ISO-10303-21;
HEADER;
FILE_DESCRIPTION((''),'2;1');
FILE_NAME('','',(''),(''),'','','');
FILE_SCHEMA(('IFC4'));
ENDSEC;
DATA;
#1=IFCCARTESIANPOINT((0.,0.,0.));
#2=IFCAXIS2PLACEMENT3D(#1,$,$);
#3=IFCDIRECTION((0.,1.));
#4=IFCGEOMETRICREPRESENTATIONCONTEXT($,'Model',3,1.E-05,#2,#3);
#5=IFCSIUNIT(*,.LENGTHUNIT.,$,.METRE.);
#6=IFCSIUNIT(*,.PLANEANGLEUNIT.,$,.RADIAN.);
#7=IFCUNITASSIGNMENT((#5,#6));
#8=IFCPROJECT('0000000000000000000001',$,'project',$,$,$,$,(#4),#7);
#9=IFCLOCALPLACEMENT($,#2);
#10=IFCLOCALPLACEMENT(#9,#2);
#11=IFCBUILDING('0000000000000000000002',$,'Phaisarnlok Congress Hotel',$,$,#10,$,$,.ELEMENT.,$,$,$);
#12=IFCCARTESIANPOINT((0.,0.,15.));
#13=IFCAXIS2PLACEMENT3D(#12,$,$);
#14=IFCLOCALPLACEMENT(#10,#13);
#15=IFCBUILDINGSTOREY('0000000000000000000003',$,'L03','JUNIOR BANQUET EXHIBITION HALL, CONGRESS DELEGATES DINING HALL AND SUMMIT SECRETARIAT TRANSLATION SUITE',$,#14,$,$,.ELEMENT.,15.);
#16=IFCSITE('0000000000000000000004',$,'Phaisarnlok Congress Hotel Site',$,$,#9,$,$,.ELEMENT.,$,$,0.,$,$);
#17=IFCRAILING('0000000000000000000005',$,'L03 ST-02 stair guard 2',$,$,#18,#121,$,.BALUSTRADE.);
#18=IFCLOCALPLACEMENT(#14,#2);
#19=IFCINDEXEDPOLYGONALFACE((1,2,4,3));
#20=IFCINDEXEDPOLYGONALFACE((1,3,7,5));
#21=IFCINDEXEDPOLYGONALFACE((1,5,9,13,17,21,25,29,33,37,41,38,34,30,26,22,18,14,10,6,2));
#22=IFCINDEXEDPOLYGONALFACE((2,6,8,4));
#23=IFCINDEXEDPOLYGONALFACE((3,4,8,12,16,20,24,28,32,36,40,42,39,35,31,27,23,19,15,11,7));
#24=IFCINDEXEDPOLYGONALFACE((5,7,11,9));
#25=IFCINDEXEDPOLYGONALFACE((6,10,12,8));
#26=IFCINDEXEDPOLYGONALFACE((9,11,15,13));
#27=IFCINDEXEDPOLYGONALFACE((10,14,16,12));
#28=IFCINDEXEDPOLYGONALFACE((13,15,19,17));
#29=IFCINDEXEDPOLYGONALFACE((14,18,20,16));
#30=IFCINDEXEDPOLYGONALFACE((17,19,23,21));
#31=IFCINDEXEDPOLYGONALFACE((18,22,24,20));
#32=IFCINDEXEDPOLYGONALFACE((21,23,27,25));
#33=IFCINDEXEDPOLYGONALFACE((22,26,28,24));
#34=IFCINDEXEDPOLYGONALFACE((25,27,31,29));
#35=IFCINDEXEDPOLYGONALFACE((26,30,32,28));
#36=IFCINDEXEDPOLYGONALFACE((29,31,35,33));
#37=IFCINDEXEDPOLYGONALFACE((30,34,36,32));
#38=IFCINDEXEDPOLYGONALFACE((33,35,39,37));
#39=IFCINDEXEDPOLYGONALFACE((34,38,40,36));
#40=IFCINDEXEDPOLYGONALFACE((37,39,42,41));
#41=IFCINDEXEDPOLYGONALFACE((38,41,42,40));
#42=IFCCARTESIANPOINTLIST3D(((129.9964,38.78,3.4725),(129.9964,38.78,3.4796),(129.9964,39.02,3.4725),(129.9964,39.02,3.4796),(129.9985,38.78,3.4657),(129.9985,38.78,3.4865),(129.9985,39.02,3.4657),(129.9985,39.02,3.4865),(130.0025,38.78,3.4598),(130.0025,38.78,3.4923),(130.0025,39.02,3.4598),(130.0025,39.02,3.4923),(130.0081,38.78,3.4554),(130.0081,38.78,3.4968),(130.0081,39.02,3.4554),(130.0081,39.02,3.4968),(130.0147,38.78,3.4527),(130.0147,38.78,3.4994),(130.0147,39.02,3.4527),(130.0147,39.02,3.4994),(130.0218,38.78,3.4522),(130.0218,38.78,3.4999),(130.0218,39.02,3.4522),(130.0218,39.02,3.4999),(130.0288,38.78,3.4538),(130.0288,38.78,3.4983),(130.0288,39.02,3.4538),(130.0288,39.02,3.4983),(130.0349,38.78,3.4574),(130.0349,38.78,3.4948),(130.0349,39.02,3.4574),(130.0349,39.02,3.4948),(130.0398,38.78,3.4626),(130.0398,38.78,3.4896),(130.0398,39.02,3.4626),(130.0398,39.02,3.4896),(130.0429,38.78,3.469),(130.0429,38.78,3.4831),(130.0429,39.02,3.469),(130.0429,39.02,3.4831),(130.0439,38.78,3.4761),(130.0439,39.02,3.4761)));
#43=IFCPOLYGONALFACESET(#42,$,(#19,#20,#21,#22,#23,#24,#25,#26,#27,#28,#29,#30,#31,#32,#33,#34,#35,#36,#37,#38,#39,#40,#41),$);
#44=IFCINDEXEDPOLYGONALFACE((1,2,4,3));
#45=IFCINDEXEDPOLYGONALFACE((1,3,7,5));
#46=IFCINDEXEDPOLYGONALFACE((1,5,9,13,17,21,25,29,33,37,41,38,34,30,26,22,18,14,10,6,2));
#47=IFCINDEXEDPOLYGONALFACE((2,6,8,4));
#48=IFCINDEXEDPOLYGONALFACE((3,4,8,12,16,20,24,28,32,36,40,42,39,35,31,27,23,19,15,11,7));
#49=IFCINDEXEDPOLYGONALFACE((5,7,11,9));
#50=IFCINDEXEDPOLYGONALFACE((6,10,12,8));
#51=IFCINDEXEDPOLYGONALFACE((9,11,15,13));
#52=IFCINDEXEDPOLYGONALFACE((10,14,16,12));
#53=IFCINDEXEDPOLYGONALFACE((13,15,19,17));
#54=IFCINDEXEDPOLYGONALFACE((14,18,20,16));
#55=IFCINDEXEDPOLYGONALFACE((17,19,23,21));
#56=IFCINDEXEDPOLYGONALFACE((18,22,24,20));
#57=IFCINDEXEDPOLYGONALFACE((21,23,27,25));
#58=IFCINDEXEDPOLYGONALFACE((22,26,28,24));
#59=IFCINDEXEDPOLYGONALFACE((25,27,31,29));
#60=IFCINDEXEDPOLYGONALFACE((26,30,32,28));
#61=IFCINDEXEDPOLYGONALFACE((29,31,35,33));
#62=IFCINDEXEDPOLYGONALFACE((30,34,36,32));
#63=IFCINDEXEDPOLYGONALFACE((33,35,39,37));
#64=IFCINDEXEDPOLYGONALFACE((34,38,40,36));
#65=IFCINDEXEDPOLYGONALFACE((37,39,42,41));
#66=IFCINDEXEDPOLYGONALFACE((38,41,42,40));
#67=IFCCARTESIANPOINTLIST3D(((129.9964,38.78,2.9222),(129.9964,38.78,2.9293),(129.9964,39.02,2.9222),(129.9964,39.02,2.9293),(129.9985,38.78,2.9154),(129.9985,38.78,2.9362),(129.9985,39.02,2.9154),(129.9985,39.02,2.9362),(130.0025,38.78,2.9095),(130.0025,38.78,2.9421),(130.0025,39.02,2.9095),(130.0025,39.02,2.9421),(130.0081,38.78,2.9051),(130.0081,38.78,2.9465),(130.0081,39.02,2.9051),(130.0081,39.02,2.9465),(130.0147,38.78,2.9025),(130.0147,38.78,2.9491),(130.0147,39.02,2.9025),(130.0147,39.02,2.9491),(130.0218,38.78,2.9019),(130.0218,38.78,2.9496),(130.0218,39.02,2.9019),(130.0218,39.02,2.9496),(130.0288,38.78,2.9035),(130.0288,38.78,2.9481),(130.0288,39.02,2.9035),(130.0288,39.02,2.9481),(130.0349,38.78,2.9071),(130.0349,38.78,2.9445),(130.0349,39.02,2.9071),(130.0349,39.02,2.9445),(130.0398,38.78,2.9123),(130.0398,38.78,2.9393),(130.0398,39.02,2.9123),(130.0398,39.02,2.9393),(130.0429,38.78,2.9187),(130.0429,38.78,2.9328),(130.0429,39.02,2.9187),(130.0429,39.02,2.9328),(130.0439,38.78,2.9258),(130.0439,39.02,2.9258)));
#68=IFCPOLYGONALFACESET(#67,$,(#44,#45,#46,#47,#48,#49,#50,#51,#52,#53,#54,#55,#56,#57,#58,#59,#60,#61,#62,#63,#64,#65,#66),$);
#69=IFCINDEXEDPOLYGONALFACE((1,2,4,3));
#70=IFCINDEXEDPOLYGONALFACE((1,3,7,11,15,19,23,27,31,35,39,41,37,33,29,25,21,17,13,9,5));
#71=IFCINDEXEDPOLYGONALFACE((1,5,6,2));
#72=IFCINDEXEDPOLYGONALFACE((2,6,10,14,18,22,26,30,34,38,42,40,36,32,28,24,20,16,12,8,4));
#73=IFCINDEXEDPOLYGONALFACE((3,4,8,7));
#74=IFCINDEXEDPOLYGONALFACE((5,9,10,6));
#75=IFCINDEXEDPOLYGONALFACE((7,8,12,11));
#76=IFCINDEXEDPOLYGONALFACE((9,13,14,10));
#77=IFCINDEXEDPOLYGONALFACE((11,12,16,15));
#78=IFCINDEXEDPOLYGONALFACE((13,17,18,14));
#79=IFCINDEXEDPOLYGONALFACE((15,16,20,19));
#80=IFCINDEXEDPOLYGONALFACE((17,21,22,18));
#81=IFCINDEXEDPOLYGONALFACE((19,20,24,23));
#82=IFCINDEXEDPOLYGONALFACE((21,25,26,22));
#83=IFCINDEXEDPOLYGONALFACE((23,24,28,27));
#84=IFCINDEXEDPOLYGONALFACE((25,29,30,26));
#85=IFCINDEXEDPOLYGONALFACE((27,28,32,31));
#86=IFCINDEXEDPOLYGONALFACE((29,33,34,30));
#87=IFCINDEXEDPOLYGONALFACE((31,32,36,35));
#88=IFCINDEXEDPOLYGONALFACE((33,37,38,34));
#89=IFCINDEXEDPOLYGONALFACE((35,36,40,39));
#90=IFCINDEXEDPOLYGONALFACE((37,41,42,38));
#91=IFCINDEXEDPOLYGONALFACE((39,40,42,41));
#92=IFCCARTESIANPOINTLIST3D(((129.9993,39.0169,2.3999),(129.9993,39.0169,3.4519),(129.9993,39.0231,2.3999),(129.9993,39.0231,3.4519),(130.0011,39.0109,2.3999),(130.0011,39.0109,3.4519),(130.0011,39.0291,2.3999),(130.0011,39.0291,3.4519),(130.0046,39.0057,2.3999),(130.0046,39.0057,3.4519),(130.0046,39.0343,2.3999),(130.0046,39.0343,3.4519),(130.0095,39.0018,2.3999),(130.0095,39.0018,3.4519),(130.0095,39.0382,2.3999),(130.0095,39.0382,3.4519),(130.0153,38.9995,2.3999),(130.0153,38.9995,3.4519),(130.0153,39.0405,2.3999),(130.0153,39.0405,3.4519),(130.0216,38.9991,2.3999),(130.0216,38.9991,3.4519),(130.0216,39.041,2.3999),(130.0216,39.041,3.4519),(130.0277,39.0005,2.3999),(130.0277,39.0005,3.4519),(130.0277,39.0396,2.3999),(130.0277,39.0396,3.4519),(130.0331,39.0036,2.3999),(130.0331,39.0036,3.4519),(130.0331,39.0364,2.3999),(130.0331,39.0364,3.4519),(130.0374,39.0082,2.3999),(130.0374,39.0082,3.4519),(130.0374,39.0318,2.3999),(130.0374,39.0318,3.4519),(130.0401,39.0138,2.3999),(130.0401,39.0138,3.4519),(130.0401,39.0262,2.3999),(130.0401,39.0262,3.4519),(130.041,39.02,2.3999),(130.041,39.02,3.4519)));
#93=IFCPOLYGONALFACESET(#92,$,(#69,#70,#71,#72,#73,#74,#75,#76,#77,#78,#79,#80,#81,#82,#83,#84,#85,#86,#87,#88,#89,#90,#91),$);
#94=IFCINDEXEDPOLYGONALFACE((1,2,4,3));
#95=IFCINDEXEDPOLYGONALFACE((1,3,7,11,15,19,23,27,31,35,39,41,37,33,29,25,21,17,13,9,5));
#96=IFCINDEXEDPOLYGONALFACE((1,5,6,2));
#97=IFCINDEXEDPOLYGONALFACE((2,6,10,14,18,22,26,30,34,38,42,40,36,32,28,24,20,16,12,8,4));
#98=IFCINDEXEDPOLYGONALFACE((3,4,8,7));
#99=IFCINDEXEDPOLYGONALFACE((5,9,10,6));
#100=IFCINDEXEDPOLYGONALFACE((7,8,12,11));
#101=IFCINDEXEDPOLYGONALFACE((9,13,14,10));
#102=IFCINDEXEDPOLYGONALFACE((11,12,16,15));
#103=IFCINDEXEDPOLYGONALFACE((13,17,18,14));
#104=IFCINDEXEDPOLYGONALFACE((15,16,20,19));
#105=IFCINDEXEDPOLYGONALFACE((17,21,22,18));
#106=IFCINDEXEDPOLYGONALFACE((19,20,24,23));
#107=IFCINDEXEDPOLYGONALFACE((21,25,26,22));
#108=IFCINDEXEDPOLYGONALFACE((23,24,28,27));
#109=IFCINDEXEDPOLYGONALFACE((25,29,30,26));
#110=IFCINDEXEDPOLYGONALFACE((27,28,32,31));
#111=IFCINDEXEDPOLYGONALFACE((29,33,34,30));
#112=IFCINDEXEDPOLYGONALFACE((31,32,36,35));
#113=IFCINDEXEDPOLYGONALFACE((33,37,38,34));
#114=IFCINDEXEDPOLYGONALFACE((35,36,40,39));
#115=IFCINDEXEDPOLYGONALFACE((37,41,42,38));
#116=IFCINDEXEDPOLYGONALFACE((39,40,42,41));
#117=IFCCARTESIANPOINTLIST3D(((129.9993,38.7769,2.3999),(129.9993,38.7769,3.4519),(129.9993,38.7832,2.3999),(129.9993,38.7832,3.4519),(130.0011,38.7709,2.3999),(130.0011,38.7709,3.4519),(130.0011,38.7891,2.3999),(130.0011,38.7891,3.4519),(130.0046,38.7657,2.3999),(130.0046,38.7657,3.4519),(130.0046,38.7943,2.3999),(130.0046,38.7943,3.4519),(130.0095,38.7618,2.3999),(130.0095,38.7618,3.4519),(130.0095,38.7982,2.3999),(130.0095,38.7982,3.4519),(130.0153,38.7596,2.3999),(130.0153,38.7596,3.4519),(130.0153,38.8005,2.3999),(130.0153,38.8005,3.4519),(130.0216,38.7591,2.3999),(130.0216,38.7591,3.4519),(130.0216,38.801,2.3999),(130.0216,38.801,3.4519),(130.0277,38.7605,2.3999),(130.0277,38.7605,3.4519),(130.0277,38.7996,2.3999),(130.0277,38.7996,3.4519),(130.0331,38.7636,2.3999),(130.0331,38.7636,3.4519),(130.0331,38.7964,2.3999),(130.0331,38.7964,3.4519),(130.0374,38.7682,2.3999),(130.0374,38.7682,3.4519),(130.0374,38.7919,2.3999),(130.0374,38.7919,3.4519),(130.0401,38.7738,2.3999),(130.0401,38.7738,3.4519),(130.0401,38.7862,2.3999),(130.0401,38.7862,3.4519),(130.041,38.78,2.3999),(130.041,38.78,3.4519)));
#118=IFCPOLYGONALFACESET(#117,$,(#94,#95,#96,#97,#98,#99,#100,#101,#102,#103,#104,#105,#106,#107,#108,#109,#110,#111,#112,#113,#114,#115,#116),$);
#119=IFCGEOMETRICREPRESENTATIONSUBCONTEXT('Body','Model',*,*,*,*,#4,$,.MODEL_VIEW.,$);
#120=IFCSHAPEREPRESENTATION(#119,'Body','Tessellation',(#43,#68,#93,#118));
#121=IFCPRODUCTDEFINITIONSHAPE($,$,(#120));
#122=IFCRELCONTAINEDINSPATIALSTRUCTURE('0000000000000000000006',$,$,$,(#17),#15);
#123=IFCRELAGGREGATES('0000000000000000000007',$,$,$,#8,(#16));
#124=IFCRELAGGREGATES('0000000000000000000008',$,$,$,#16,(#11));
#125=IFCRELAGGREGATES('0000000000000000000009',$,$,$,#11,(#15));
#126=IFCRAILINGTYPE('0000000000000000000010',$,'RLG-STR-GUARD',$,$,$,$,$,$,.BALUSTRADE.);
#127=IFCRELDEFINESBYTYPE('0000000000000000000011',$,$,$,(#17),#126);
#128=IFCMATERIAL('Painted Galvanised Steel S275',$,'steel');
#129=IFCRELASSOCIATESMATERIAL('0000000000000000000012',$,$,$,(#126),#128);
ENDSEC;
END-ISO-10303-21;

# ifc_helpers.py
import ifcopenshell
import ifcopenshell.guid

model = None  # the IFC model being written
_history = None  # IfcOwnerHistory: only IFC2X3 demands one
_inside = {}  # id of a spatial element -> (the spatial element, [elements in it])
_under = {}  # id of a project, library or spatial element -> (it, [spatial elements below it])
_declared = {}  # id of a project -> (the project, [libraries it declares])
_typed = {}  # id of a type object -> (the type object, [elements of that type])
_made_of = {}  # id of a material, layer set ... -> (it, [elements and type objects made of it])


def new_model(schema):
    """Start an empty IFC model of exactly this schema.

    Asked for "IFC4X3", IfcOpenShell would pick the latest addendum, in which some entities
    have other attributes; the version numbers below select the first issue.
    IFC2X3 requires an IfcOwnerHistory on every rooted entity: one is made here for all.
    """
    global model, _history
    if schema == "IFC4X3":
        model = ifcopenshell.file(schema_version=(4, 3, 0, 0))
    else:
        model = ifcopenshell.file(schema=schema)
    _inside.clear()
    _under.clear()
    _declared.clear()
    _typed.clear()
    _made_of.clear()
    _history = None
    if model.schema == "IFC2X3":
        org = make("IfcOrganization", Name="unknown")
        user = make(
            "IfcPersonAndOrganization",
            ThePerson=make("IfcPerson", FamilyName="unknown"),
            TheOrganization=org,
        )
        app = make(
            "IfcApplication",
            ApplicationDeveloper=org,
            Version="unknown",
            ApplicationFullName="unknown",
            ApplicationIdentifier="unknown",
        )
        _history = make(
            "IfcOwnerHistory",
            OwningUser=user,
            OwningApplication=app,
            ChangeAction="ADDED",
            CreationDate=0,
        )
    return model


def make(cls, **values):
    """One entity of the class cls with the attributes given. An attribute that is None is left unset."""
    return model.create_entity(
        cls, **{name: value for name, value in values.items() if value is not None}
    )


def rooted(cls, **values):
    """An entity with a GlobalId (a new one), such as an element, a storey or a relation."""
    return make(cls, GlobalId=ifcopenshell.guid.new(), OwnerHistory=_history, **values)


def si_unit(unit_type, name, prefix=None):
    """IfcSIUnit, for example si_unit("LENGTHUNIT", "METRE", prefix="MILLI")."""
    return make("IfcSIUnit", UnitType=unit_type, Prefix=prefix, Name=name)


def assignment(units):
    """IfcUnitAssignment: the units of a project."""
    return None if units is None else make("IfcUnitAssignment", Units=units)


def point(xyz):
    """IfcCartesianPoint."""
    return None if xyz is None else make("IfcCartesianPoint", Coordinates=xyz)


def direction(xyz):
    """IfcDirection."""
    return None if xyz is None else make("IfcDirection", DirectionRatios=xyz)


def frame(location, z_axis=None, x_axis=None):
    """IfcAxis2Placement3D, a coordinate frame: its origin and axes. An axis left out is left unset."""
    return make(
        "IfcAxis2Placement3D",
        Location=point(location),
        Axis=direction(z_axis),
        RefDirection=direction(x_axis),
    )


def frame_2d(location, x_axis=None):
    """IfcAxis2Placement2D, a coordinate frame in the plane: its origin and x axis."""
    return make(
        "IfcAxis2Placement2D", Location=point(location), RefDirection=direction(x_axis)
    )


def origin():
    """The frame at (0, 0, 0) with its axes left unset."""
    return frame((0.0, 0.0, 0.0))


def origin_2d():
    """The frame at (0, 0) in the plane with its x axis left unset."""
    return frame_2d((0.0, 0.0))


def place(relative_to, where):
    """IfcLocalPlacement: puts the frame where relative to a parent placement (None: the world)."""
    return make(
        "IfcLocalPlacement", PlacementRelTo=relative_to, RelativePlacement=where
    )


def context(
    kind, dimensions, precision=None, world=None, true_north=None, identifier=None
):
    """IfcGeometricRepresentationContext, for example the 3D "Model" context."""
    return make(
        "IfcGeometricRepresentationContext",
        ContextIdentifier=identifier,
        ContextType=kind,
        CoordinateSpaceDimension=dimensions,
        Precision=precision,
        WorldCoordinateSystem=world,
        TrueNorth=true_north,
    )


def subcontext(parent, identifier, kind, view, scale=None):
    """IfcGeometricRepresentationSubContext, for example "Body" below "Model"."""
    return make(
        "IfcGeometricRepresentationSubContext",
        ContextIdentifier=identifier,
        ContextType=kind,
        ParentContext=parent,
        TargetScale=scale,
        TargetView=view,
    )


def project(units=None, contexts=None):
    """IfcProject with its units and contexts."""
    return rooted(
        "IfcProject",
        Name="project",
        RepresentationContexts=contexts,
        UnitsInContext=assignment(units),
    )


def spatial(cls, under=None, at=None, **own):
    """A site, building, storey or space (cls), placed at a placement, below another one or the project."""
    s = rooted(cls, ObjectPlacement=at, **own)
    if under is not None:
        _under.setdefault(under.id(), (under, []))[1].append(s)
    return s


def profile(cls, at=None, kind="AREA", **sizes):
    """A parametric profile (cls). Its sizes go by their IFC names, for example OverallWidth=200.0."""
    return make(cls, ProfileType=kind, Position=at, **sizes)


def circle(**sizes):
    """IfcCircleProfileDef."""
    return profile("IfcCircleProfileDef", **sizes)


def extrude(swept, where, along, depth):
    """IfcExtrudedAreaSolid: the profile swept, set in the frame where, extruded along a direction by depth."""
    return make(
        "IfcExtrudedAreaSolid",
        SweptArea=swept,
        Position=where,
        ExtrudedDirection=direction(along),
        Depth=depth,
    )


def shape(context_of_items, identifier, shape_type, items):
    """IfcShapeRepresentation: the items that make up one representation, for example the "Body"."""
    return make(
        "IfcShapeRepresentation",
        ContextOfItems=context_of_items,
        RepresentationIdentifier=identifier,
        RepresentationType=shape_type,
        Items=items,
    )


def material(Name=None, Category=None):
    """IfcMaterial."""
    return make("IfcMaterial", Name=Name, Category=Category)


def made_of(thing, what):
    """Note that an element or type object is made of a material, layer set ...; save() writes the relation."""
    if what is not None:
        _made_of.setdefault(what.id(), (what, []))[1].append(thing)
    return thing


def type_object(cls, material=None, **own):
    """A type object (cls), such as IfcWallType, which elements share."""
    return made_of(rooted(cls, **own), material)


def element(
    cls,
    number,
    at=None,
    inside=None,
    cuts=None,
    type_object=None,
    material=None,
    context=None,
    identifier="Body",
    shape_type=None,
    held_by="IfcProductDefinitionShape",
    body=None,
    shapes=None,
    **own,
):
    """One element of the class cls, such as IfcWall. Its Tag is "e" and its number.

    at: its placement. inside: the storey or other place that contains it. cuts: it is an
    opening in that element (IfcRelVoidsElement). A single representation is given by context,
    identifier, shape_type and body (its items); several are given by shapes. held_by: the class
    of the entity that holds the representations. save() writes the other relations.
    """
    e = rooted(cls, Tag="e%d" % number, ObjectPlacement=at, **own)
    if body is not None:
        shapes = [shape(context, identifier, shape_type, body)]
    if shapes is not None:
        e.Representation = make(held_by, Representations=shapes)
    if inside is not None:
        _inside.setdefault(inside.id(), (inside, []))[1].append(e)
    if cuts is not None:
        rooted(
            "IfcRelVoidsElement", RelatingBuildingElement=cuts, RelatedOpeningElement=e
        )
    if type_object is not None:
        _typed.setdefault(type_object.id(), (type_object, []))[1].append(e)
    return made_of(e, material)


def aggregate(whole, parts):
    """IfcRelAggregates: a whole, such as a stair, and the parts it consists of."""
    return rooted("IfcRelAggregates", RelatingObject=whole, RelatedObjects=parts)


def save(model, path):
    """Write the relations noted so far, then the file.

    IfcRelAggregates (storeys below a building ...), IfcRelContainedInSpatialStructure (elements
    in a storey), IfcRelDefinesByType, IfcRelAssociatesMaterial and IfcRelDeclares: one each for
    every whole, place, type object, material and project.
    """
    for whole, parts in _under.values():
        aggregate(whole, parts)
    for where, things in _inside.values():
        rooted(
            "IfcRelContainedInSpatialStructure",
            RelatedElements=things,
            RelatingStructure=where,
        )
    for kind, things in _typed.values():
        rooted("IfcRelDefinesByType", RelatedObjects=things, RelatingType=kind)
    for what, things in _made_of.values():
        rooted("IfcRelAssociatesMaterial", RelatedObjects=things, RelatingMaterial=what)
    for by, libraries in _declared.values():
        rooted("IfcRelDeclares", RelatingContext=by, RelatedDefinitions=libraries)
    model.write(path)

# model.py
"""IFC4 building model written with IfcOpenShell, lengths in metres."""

from ifc_helpers import new_model, si_unit, direction, frame, origin, origin_2d, place, context, subcontext, project, spatial, circle, extrude, material, type_object, element, save


model = new_model("IFC4")

# Units and contexts
model_context = context("Model", 3, precision=1e-05, world=origin(), true_north=direction((0.0, 1.0)))
body_context = subcontext(model_context, "Body", "Model", "MODEL_VIEW")
ifc_project = project(units=[si_unit("LENGTHUNIT", "METRE"), si_unit("PLANEANGLEUNIT", "RADIAN")], contexts=[model_context])

# Site, building, storey
site_placement = place(None, origin())
site = spatial("IfcSite", under=ifc_project, at=site_placement, Name="Phaisarnlok Congress Hotel Site", CompositionType="ELEMENT", RefElevation=0.0)
building_placement = place(site_placement, origin())
building = spatial("IfcBuilding", under=site, at=building_placement, Name="Phaisarnlok Congress Hotel", CompositionType="ELEMENT")
storey_placement = place(building_placement, frame((0.0, 0.0, 15.0)))
storey = spatial("IfcBuildingStorey", under=building, at=storey_placement, Name="L03", Description="JUNIOR BANQUET EXHIBITION HALL, CONGRESS DELEGATES DINING HALL AND SUMMIT SECRETARIAT TRANSLATION SUITE", CompositionType="ELEMENT", Elevation=15.0)

# Railing
ifc_material_1 = material(Name="Painted Galvanised Steel S275", Category="steel")
railing_type_1 = type_object("IfcRailingType", Name="RLG-STR-GUARD", PredefinedType="BALUSTRADE", material=ifc_material_1)
railing_1_placement = place(storey_placement, frame((130.02, 39.02, 2.3999)))
element("IfcRailing", 1, at=railing_1_placement, inside=storey, type_object=railing_type_1, Name="L03 ST-02 stair guard 2", PredefinedType="BALUSTRADE", context=body_context, shape_type="SweptSolid", body=[
    extrude(circle(Radius=0.0239, at=origin_2d()), frame((0.0, 0.0, 1.0762), z_axis=(0.0, -1.0, 0.0), x_axis=(1.0, 0.0, 0.0)), (0.0, 0.0, 1.0), 0.24),
    extrude(circle(Radius=0.0239, at=origin_2d()), frame((0.0, 0.0, 0.5259), z_axis=(0.0, -1.0, 0.0), x_axis=(1.0, 0.0, 0.0)), (0.0, 0.0, 1.0), 0.24),
    extrude(circle(Radius=0.021, at=origin_2d()), origin(), (0.0, 0.0, 1.0), 1.052),
    extrude(circle(Radius=0.021, at=origin_2d()), frame((0.0, -0.24, 0.0)), (0.0, 0.0, 1.0), 1.052),
])

save(model, "model.ifc")
